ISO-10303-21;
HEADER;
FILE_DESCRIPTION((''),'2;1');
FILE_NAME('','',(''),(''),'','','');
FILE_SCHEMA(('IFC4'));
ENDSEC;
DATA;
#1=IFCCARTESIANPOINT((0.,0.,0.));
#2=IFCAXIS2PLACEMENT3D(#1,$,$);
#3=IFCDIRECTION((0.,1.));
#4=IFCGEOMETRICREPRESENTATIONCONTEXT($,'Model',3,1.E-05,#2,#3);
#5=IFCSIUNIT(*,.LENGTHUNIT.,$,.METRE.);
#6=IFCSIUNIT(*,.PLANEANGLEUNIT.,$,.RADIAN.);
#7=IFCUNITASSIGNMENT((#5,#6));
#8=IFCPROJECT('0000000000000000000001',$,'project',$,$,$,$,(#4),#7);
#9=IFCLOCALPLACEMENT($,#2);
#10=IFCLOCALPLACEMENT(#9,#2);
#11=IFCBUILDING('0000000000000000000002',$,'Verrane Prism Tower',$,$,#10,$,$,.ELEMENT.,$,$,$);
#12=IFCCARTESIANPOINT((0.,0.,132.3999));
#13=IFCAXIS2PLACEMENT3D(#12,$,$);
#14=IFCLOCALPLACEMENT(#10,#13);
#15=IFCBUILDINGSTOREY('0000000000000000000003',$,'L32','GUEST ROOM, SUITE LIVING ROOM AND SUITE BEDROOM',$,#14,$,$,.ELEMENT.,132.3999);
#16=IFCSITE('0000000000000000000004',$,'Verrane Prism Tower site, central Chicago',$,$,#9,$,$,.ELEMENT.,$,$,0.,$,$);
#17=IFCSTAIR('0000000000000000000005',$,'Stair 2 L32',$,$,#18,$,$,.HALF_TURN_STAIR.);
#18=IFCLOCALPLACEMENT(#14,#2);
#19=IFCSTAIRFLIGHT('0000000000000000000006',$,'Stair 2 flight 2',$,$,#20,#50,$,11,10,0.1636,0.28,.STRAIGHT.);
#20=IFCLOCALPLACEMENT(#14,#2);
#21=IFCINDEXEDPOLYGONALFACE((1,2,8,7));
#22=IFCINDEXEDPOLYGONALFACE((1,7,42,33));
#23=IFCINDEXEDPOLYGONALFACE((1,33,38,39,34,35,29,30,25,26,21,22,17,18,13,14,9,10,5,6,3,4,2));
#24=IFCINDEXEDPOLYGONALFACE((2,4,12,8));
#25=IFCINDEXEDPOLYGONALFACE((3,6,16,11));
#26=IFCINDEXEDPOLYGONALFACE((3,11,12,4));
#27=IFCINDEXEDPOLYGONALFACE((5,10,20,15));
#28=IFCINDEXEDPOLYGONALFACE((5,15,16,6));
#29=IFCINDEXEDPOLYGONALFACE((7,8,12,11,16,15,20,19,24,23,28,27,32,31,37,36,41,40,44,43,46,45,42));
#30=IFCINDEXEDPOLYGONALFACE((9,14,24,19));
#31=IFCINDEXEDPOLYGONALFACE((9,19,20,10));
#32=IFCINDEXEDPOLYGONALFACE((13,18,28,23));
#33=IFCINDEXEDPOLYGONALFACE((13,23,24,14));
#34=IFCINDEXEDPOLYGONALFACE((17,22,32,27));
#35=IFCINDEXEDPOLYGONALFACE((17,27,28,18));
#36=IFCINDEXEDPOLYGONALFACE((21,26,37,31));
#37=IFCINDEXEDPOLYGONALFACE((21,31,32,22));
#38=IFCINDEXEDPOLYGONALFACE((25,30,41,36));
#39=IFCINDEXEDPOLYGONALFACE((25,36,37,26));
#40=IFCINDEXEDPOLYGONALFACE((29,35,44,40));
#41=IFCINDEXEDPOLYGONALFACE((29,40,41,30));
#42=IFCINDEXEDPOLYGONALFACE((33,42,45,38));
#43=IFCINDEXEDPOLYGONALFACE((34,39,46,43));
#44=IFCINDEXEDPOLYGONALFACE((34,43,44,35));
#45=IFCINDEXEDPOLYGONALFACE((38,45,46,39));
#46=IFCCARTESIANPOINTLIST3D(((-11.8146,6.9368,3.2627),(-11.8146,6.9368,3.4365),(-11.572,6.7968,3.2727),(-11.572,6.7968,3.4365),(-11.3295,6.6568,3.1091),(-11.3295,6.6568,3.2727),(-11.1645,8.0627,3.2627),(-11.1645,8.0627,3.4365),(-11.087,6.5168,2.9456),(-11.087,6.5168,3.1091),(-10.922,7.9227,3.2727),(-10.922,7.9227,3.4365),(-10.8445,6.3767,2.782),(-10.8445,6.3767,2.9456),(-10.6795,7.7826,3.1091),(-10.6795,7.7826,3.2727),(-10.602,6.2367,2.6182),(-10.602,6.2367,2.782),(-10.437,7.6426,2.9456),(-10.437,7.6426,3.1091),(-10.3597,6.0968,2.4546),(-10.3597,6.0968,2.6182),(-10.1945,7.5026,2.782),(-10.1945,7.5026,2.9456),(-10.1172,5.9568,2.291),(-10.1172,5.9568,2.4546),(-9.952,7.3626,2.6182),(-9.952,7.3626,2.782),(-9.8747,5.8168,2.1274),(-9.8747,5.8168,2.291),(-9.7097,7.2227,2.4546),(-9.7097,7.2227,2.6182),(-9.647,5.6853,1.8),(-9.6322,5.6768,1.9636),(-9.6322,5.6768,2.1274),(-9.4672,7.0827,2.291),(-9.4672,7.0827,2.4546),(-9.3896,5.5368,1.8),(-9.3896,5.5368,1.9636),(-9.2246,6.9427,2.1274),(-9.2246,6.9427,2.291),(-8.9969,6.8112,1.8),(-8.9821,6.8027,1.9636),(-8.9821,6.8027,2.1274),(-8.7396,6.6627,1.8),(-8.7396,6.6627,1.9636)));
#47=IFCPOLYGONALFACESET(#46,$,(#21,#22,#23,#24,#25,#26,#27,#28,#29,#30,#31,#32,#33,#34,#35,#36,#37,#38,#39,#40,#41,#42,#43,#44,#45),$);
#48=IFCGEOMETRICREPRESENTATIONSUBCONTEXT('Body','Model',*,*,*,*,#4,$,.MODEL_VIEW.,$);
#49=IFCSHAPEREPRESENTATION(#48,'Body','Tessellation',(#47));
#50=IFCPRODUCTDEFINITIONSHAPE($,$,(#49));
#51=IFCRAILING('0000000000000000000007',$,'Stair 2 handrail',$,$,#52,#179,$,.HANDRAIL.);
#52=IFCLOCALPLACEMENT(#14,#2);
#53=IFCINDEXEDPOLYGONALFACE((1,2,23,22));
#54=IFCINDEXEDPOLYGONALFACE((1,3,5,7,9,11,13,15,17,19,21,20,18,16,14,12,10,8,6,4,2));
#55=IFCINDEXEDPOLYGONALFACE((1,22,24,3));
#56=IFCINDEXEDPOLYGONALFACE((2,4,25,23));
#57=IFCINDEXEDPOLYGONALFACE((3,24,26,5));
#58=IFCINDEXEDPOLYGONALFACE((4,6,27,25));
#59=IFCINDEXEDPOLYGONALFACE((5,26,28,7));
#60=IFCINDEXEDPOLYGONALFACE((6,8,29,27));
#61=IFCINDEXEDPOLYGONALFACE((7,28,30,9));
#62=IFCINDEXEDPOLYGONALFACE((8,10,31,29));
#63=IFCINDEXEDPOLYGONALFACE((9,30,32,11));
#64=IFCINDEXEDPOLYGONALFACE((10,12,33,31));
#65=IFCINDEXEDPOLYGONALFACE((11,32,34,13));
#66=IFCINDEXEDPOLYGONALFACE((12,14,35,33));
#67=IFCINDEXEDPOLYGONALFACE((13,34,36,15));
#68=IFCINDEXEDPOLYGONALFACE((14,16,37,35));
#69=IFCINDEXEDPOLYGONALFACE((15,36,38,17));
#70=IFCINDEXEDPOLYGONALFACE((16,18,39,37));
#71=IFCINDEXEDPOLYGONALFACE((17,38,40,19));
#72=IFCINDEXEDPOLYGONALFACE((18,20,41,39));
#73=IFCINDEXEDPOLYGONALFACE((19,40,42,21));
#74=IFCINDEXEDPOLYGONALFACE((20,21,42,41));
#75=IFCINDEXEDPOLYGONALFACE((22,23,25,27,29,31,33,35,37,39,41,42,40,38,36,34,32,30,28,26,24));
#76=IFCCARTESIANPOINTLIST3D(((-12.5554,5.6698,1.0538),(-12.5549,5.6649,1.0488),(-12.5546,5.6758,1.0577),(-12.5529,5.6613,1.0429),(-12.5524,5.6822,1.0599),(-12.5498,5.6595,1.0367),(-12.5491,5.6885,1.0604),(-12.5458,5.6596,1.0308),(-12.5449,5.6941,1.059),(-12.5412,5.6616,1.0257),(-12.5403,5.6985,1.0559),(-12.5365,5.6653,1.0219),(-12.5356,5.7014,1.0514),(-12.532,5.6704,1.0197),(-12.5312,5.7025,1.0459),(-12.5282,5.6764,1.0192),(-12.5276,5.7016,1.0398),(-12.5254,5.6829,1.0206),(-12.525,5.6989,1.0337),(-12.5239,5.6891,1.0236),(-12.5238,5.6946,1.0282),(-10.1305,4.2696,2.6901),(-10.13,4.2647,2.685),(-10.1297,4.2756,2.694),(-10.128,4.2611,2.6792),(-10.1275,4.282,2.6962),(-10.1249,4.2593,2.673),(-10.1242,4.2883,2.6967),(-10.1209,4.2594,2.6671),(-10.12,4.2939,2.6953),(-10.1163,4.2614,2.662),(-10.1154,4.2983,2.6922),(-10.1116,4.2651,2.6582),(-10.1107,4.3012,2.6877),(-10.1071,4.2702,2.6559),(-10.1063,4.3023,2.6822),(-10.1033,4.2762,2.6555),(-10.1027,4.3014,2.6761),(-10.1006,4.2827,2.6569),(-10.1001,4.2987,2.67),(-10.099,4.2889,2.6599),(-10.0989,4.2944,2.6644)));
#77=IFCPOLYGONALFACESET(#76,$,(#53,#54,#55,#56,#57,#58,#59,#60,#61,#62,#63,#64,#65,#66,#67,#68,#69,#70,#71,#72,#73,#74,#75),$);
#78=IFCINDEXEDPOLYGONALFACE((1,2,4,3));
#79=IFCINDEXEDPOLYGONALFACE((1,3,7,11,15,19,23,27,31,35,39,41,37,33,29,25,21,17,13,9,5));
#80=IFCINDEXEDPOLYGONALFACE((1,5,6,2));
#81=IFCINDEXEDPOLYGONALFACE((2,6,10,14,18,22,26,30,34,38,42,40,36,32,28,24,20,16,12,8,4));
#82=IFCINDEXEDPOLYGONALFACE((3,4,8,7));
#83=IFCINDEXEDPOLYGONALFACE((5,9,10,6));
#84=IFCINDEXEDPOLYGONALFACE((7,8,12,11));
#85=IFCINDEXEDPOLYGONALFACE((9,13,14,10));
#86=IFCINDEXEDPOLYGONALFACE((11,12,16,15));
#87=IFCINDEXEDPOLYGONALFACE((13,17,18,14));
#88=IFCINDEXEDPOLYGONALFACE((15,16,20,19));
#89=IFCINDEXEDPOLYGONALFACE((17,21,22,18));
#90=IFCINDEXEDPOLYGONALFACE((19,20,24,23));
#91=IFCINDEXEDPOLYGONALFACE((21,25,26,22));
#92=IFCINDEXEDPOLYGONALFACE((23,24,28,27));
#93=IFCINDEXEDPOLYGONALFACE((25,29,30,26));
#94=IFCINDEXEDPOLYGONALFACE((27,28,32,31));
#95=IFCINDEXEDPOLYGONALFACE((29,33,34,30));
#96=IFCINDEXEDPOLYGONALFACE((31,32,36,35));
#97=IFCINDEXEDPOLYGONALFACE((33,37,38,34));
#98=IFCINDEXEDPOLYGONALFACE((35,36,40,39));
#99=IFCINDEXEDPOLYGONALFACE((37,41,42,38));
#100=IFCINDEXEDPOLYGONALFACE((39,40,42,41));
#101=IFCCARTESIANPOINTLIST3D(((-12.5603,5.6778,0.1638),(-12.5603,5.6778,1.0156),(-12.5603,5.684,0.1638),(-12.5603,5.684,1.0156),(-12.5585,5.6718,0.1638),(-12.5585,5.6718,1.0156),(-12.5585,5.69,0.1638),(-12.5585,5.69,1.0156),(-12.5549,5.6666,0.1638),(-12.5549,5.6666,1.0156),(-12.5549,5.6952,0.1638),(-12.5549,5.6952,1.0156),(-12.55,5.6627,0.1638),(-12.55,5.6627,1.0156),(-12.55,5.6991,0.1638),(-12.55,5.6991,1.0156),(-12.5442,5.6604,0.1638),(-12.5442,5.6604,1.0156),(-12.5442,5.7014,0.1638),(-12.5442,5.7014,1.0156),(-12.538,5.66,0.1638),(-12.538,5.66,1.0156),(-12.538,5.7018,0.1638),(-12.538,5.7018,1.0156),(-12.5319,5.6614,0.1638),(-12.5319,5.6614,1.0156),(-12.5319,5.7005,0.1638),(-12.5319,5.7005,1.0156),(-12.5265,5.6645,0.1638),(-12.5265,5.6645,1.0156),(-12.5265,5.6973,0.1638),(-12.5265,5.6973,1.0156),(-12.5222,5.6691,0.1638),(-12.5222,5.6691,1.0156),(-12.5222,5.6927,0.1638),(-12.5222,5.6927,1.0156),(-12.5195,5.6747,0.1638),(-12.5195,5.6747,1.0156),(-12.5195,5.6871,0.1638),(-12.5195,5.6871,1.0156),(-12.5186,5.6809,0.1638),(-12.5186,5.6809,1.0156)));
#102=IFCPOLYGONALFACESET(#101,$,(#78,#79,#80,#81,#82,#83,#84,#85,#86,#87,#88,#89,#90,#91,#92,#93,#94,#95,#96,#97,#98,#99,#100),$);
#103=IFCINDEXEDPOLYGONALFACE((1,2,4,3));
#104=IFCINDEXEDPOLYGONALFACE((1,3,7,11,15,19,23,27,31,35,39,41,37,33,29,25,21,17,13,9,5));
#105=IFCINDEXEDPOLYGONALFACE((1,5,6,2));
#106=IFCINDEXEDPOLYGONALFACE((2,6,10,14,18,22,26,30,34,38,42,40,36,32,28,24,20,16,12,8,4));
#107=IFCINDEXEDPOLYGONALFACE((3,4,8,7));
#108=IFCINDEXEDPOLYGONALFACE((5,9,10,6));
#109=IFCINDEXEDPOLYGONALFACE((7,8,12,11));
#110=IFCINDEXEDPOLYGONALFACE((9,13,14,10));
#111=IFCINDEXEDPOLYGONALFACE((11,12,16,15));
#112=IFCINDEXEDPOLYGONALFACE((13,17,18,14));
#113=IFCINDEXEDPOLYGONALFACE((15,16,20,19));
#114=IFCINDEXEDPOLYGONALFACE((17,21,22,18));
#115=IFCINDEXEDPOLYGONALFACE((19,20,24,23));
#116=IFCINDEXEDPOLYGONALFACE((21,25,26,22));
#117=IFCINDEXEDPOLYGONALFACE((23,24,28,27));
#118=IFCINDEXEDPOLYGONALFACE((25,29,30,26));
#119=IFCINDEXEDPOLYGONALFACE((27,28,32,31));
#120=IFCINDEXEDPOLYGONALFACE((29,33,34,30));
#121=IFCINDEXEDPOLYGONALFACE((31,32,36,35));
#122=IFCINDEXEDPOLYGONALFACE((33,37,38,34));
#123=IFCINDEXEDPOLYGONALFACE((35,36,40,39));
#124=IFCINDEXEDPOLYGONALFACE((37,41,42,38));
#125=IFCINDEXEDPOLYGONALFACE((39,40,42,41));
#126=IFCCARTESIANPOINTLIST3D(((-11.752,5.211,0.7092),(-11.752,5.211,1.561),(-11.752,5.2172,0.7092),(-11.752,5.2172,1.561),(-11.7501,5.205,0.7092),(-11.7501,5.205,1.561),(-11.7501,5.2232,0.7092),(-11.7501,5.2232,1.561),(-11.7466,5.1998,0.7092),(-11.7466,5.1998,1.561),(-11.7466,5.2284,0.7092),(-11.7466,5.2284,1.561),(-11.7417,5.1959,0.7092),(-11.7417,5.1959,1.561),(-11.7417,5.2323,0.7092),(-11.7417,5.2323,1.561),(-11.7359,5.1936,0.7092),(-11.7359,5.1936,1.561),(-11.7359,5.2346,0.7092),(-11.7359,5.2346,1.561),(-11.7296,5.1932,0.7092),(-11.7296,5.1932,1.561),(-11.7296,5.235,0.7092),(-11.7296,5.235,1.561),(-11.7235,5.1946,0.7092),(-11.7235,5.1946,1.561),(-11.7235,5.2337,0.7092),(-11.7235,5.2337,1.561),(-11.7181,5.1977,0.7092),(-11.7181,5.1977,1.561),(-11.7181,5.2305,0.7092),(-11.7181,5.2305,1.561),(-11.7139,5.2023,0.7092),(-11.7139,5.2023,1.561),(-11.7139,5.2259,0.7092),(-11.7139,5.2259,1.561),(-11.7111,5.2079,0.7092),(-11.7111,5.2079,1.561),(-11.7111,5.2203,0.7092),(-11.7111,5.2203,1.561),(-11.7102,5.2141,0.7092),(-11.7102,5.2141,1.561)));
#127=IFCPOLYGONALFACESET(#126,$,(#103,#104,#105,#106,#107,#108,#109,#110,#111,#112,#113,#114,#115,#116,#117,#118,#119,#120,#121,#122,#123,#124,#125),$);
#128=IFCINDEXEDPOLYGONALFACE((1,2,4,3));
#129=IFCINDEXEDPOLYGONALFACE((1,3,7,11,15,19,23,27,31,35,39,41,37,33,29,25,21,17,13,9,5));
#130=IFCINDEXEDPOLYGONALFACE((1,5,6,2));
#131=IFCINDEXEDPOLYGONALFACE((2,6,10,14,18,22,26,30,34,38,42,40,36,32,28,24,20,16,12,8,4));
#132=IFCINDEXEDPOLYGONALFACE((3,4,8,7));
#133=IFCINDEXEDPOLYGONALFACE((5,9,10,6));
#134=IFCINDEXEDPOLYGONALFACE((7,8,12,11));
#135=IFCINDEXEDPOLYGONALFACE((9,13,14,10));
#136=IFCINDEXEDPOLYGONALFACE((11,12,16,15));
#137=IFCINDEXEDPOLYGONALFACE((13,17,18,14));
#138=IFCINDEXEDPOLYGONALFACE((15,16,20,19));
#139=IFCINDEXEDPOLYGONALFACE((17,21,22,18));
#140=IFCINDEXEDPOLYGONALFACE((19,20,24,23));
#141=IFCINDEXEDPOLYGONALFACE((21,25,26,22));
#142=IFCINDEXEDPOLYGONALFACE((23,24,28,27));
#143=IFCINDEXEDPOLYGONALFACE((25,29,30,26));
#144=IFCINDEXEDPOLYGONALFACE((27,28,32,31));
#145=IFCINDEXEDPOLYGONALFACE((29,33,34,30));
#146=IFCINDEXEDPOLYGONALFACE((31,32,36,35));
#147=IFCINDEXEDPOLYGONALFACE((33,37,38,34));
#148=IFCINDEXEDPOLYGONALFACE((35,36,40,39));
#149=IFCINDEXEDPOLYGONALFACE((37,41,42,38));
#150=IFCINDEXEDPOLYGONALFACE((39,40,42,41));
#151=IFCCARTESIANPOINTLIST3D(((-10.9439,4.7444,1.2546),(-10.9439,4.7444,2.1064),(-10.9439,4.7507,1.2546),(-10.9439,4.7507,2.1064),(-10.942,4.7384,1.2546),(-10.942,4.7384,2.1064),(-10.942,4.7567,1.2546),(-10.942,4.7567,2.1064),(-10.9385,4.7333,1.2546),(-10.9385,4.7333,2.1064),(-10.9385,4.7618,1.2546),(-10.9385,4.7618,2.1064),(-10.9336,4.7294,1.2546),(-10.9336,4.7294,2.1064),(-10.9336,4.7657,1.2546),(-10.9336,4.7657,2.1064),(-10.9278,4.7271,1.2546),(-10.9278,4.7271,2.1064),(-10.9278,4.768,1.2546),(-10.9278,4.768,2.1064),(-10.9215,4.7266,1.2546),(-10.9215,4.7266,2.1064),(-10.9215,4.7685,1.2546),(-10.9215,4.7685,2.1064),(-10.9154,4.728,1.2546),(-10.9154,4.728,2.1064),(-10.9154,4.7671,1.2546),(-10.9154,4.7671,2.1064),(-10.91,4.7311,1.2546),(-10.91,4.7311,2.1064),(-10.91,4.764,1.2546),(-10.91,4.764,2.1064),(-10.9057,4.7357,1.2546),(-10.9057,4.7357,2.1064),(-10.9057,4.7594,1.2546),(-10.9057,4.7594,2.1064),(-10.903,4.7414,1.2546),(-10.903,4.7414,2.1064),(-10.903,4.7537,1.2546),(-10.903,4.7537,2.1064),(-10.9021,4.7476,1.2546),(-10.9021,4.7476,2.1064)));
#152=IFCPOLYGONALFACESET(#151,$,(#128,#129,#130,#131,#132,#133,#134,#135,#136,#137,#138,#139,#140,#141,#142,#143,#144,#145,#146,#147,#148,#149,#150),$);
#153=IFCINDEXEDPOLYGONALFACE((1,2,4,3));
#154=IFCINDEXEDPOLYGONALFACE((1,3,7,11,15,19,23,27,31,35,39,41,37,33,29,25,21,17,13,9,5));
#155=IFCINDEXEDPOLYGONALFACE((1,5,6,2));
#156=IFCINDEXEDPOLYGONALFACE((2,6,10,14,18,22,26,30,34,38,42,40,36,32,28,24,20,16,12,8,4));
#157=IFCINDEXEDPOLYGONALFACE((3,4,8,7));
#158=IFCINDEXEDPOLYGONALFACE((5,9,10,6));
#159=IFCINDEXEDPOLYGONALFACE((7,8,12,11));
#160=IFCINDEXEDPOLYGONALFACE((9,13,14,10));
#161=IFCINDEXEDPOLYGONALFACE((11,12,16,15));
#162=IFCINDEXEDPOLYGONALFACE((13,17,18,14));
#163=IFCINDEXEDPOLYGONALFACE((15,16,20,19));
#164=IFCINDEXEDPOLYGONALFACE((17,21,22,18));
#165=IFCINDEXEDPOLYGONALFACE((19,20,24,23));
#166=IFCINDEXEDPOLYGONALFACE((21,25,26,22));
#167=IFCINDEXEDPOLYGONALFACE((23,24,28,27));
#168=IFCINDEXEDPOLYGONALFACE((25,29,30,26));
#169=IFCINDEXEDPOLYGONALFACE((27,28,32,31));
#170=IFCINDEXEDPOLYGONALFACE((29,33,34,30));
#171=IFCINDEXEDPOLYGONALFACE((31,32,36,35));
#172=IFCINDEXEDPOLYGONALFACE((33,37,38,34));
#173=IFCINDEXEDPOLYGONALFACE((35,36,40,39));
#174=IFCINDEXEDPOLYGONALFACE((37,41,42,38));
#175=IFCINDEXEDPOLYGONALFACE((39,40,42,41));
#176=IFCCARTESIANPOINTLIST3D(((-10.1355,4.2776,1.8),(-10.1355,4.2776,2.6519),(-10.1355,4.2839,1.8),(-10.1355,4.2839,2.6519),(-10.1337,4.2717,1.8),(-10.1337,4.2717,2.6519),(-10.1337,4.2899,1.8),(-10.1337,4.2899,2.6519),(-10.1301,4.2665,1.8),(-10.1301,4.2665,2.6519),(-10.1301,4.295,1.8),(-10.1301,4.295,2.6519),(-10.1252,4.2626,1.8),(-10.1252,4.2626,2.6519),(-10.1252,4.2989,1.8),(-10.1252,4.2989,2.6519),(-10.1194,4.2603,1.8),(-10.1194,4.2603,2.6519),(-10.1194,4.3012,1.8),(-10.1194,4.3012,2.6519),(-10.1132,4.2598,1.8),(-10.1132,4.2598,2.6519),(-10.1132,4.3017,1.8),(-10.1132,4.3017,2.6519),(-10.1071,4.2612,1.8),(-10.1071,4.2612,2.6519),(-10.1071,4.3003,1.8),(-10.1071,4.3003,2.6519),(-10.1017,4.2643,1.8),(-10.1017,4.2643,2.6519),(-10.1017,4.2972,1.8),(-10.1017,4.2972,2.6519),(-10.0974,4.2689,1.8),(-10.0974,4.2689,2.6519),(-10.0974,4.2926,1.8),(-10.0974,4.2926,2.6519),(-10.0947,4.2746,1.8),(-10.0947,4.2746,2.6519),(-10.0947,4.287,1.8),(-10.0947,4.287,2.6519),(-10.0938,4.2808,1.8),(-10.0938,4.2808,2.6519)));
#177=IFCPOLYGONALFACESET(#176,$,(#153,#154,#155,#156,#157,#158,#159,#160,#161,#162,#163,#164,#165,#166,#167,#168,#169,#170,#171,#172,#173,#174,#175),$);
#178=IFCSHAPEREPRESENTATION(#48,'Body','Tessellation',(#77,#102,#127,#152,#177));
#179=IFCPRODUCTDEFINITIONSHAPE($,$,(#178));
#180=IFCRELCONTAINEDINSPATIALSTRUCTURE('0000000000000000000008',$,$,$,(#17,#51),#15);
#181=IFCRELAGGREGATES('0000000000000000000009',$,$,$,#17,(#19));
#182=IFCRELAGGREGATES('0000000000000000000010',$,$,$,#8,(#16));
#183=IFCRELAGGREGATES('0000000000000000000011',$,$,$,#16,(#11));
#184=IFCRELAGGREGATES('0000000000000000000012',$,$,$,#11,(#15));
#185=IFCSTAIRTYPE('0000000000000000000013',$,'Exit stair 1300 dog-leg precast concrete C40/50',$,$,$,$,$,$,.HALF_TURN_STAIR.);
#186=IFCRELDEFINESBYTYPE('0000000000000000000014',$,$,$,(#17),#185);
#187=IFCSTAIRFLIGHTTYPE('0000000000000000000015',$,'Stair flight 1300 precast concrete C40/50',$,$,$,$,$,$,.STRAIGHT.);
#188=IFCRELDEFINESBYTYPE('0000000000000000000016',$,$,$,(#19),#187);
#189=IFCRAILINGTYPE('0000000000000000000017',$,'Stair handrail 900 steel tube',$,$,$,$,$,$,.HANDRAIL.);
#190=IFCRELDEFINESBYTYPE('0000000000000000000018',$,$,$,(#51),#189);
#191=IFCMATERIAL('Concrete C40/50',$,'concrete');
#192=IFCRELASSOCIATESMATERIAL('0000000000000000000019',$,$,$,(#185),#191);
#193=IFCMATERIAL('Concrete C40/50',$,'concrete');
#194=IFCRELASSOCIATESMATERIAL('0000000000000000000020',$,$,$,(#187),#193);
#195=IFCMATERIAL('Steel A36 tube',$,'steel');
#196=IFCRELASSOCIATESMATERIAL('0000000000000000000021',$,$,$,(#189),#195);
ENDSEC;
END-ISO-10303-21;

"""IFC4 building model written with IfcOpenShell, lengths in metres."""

from ifc_helpers import new_model, si_unit, direction, frame, origin, origin_2d, place, context, subcontext, project, spatial, polyline, circle, outline, extrude, material, type_object, element, aggregate, save


model = new_model("IFC4")

# Units and contexts
model_context = context("Model", 3, precision=1e-05, world=origin(), true_north=direction((0.0, 1.0)))
body_context = subcontext(model_context, "Body", "Model", "MODEL_VIEW")
ifc_project = project(units=[si_unit("LENGTHUNIT", "METRE"), si_unit("PLANEANGLEUNIT", "RADIAN")], contexts=[model_context])

# Site, building, storey
site_placement = place(None, origin())
site = spatial("IfcSite", under=ifc_project, at=site_placement, Name="Verrane Prism Tower site, central Chicago", CompositionType="ELEMENT", RefElevation=0.0)
building_placement = place(site_placement, origin())
building = spatial("IfcBuilding", under=site, at=building_placement, Name="Verrane Prism Tower", CompositionType="ELEMENT")
storey_placement = place(building_placement, frame((0.0, 0.0, 132.3999)))
storey = spatial("IfcBuildingStorey", under=building, at=storey_placement, Name="L32", Description="GUEST ROOM, SUITE LIVING ROOM AND SUITE BEDROOM", CompositionType="ELEMENT", Elevation=132.3999)

# Stair, stair flight
ifc_material_1 = material(Name="Concrete C40/50", Category="concrete")
stair_type = type_object("IfcStairType", Name="Exit stair 1300 dog-leg precast concrete C40/50", PredefinedType="HALF_TURN_STAIR", material=ifc_material_1)
stair_placement = place(storey_placement, origin())
stair = element("IfcStair", 1, at=stair_placement, inside=storey, type_object=stair_type, Name="Stair 2 L32", PredefinedType="HALF_TURN_STAIR")
ifc_material_2 = material(Name="Concrete C40/50", Category="concrete")
stair_flight_type = type_object("IfcStairFlightType", Name="Stair flight 1300 precast concrete C40/50", PredefinedType="STRAIGHT", material=ifc_material_2)
stair_flight_1_placement = place(storey_placement, frame((-9.0647, 6.0996, 1.8), z_axis=(0.0, 0.0, 1.0), x_axis=(-0.866025, 0.5, 0.0)))
stair_flight_1 = element("IfcStairFlight", 2, at=stair_flight_1_placement, type_object=stair_flight_type, Name="Stair 2 flight 2", NumberOfRisers=11, NumberOfTreads=10, PredefinedType="STRAIGHT", RiserHeight=0.1636, TreadLength=0.28, context=body_context, shape_type="SweptSolid", body=[
    extrude(outline(polyline([(0.0, 0.0), (0.0, 0.1636), (0.28, 0.1636), (0.28, 0.3274), (0.5601, 0.3274), (0.5601, 0.491), (0.8401, 0.491), (0.8401, 0.6545), (1.1201, 0.6545), (1.1201, 0.8181), (1.3999, 0.8181), (1.3999, 0.9819), (1.6799, 0.9819), (1.6799, 1.1455), (1.96, 1.1455), (1.96, 1.3091), (2.24, 1.3091), (2.24, 1.4727), (2.52, 1.4727), (2.52, 1.6365), (2.8, 1.6365), (2.8, 1.8), (2.8, 1.4626), (0.2971, 0.0), (0.0, 0.0)])), frame((0.0, 0.6499, 0.0), z_axis=(0.0, -1.0, 0.0), x_axis=(1.0, 0.0, 0.0)), (0.0, 0.0, 1.0), 1.3),
])
aggregate(stair, [stair_flight_1])

# Railing
ifc_material_3 = material(Name="Steel A36 tube", Category="steel")
railing_type_1 = type_object("IfcRailingType", Name="Stair handrail 900 steel tube", PredefinedType="HANDRAIL", material=ifc_material_3)
railing_1_placement = place(storey_placement, frame((-12.5396, 5.6809, 0.1638)))
element("IfcRailing", 3, at=railing_1_placement, inside=storey, type_object=railing_type_1, Name="Stair 2 handrail", PredefinedType="HANDRAIL", context=body_context, shape_type="SweptSolid", body=[
    extrude(circle(Radius=0.0239, at=origin_2d()), frame((0.0, 0.0, 0.876), z_axis=(0.747694, -0.431738, 0.504535), x_axis=(0.50005, 0.865997, 0.0)), (0.0, 0.0, 1.0), 3.2432),
    extrude(circle(Radius=0.021, at=origin_2d()), origin(), (0.0, 0.0, 1.0), 0.8518),
    extrude(circle(Radius=0.021, at=origin_2d()), frame((0.8083, -0.4668, 0.5454)), (0.0, 0.0, 1.0), 0.8518),
    extrude(circle(Radius=0.021, at=origin_2d()), frame((1.6165, -0.9333, 1.0908)), (0.0, 0.0, 1.0), 0.8518),
    extrude(circle(Radius=0.021, at=origin_2d()), frame((2.4248, -1.4001, 1.6362)), (0.0, 0.0, 1.0), 0.8518),
])

save(model, "model.ifc")
